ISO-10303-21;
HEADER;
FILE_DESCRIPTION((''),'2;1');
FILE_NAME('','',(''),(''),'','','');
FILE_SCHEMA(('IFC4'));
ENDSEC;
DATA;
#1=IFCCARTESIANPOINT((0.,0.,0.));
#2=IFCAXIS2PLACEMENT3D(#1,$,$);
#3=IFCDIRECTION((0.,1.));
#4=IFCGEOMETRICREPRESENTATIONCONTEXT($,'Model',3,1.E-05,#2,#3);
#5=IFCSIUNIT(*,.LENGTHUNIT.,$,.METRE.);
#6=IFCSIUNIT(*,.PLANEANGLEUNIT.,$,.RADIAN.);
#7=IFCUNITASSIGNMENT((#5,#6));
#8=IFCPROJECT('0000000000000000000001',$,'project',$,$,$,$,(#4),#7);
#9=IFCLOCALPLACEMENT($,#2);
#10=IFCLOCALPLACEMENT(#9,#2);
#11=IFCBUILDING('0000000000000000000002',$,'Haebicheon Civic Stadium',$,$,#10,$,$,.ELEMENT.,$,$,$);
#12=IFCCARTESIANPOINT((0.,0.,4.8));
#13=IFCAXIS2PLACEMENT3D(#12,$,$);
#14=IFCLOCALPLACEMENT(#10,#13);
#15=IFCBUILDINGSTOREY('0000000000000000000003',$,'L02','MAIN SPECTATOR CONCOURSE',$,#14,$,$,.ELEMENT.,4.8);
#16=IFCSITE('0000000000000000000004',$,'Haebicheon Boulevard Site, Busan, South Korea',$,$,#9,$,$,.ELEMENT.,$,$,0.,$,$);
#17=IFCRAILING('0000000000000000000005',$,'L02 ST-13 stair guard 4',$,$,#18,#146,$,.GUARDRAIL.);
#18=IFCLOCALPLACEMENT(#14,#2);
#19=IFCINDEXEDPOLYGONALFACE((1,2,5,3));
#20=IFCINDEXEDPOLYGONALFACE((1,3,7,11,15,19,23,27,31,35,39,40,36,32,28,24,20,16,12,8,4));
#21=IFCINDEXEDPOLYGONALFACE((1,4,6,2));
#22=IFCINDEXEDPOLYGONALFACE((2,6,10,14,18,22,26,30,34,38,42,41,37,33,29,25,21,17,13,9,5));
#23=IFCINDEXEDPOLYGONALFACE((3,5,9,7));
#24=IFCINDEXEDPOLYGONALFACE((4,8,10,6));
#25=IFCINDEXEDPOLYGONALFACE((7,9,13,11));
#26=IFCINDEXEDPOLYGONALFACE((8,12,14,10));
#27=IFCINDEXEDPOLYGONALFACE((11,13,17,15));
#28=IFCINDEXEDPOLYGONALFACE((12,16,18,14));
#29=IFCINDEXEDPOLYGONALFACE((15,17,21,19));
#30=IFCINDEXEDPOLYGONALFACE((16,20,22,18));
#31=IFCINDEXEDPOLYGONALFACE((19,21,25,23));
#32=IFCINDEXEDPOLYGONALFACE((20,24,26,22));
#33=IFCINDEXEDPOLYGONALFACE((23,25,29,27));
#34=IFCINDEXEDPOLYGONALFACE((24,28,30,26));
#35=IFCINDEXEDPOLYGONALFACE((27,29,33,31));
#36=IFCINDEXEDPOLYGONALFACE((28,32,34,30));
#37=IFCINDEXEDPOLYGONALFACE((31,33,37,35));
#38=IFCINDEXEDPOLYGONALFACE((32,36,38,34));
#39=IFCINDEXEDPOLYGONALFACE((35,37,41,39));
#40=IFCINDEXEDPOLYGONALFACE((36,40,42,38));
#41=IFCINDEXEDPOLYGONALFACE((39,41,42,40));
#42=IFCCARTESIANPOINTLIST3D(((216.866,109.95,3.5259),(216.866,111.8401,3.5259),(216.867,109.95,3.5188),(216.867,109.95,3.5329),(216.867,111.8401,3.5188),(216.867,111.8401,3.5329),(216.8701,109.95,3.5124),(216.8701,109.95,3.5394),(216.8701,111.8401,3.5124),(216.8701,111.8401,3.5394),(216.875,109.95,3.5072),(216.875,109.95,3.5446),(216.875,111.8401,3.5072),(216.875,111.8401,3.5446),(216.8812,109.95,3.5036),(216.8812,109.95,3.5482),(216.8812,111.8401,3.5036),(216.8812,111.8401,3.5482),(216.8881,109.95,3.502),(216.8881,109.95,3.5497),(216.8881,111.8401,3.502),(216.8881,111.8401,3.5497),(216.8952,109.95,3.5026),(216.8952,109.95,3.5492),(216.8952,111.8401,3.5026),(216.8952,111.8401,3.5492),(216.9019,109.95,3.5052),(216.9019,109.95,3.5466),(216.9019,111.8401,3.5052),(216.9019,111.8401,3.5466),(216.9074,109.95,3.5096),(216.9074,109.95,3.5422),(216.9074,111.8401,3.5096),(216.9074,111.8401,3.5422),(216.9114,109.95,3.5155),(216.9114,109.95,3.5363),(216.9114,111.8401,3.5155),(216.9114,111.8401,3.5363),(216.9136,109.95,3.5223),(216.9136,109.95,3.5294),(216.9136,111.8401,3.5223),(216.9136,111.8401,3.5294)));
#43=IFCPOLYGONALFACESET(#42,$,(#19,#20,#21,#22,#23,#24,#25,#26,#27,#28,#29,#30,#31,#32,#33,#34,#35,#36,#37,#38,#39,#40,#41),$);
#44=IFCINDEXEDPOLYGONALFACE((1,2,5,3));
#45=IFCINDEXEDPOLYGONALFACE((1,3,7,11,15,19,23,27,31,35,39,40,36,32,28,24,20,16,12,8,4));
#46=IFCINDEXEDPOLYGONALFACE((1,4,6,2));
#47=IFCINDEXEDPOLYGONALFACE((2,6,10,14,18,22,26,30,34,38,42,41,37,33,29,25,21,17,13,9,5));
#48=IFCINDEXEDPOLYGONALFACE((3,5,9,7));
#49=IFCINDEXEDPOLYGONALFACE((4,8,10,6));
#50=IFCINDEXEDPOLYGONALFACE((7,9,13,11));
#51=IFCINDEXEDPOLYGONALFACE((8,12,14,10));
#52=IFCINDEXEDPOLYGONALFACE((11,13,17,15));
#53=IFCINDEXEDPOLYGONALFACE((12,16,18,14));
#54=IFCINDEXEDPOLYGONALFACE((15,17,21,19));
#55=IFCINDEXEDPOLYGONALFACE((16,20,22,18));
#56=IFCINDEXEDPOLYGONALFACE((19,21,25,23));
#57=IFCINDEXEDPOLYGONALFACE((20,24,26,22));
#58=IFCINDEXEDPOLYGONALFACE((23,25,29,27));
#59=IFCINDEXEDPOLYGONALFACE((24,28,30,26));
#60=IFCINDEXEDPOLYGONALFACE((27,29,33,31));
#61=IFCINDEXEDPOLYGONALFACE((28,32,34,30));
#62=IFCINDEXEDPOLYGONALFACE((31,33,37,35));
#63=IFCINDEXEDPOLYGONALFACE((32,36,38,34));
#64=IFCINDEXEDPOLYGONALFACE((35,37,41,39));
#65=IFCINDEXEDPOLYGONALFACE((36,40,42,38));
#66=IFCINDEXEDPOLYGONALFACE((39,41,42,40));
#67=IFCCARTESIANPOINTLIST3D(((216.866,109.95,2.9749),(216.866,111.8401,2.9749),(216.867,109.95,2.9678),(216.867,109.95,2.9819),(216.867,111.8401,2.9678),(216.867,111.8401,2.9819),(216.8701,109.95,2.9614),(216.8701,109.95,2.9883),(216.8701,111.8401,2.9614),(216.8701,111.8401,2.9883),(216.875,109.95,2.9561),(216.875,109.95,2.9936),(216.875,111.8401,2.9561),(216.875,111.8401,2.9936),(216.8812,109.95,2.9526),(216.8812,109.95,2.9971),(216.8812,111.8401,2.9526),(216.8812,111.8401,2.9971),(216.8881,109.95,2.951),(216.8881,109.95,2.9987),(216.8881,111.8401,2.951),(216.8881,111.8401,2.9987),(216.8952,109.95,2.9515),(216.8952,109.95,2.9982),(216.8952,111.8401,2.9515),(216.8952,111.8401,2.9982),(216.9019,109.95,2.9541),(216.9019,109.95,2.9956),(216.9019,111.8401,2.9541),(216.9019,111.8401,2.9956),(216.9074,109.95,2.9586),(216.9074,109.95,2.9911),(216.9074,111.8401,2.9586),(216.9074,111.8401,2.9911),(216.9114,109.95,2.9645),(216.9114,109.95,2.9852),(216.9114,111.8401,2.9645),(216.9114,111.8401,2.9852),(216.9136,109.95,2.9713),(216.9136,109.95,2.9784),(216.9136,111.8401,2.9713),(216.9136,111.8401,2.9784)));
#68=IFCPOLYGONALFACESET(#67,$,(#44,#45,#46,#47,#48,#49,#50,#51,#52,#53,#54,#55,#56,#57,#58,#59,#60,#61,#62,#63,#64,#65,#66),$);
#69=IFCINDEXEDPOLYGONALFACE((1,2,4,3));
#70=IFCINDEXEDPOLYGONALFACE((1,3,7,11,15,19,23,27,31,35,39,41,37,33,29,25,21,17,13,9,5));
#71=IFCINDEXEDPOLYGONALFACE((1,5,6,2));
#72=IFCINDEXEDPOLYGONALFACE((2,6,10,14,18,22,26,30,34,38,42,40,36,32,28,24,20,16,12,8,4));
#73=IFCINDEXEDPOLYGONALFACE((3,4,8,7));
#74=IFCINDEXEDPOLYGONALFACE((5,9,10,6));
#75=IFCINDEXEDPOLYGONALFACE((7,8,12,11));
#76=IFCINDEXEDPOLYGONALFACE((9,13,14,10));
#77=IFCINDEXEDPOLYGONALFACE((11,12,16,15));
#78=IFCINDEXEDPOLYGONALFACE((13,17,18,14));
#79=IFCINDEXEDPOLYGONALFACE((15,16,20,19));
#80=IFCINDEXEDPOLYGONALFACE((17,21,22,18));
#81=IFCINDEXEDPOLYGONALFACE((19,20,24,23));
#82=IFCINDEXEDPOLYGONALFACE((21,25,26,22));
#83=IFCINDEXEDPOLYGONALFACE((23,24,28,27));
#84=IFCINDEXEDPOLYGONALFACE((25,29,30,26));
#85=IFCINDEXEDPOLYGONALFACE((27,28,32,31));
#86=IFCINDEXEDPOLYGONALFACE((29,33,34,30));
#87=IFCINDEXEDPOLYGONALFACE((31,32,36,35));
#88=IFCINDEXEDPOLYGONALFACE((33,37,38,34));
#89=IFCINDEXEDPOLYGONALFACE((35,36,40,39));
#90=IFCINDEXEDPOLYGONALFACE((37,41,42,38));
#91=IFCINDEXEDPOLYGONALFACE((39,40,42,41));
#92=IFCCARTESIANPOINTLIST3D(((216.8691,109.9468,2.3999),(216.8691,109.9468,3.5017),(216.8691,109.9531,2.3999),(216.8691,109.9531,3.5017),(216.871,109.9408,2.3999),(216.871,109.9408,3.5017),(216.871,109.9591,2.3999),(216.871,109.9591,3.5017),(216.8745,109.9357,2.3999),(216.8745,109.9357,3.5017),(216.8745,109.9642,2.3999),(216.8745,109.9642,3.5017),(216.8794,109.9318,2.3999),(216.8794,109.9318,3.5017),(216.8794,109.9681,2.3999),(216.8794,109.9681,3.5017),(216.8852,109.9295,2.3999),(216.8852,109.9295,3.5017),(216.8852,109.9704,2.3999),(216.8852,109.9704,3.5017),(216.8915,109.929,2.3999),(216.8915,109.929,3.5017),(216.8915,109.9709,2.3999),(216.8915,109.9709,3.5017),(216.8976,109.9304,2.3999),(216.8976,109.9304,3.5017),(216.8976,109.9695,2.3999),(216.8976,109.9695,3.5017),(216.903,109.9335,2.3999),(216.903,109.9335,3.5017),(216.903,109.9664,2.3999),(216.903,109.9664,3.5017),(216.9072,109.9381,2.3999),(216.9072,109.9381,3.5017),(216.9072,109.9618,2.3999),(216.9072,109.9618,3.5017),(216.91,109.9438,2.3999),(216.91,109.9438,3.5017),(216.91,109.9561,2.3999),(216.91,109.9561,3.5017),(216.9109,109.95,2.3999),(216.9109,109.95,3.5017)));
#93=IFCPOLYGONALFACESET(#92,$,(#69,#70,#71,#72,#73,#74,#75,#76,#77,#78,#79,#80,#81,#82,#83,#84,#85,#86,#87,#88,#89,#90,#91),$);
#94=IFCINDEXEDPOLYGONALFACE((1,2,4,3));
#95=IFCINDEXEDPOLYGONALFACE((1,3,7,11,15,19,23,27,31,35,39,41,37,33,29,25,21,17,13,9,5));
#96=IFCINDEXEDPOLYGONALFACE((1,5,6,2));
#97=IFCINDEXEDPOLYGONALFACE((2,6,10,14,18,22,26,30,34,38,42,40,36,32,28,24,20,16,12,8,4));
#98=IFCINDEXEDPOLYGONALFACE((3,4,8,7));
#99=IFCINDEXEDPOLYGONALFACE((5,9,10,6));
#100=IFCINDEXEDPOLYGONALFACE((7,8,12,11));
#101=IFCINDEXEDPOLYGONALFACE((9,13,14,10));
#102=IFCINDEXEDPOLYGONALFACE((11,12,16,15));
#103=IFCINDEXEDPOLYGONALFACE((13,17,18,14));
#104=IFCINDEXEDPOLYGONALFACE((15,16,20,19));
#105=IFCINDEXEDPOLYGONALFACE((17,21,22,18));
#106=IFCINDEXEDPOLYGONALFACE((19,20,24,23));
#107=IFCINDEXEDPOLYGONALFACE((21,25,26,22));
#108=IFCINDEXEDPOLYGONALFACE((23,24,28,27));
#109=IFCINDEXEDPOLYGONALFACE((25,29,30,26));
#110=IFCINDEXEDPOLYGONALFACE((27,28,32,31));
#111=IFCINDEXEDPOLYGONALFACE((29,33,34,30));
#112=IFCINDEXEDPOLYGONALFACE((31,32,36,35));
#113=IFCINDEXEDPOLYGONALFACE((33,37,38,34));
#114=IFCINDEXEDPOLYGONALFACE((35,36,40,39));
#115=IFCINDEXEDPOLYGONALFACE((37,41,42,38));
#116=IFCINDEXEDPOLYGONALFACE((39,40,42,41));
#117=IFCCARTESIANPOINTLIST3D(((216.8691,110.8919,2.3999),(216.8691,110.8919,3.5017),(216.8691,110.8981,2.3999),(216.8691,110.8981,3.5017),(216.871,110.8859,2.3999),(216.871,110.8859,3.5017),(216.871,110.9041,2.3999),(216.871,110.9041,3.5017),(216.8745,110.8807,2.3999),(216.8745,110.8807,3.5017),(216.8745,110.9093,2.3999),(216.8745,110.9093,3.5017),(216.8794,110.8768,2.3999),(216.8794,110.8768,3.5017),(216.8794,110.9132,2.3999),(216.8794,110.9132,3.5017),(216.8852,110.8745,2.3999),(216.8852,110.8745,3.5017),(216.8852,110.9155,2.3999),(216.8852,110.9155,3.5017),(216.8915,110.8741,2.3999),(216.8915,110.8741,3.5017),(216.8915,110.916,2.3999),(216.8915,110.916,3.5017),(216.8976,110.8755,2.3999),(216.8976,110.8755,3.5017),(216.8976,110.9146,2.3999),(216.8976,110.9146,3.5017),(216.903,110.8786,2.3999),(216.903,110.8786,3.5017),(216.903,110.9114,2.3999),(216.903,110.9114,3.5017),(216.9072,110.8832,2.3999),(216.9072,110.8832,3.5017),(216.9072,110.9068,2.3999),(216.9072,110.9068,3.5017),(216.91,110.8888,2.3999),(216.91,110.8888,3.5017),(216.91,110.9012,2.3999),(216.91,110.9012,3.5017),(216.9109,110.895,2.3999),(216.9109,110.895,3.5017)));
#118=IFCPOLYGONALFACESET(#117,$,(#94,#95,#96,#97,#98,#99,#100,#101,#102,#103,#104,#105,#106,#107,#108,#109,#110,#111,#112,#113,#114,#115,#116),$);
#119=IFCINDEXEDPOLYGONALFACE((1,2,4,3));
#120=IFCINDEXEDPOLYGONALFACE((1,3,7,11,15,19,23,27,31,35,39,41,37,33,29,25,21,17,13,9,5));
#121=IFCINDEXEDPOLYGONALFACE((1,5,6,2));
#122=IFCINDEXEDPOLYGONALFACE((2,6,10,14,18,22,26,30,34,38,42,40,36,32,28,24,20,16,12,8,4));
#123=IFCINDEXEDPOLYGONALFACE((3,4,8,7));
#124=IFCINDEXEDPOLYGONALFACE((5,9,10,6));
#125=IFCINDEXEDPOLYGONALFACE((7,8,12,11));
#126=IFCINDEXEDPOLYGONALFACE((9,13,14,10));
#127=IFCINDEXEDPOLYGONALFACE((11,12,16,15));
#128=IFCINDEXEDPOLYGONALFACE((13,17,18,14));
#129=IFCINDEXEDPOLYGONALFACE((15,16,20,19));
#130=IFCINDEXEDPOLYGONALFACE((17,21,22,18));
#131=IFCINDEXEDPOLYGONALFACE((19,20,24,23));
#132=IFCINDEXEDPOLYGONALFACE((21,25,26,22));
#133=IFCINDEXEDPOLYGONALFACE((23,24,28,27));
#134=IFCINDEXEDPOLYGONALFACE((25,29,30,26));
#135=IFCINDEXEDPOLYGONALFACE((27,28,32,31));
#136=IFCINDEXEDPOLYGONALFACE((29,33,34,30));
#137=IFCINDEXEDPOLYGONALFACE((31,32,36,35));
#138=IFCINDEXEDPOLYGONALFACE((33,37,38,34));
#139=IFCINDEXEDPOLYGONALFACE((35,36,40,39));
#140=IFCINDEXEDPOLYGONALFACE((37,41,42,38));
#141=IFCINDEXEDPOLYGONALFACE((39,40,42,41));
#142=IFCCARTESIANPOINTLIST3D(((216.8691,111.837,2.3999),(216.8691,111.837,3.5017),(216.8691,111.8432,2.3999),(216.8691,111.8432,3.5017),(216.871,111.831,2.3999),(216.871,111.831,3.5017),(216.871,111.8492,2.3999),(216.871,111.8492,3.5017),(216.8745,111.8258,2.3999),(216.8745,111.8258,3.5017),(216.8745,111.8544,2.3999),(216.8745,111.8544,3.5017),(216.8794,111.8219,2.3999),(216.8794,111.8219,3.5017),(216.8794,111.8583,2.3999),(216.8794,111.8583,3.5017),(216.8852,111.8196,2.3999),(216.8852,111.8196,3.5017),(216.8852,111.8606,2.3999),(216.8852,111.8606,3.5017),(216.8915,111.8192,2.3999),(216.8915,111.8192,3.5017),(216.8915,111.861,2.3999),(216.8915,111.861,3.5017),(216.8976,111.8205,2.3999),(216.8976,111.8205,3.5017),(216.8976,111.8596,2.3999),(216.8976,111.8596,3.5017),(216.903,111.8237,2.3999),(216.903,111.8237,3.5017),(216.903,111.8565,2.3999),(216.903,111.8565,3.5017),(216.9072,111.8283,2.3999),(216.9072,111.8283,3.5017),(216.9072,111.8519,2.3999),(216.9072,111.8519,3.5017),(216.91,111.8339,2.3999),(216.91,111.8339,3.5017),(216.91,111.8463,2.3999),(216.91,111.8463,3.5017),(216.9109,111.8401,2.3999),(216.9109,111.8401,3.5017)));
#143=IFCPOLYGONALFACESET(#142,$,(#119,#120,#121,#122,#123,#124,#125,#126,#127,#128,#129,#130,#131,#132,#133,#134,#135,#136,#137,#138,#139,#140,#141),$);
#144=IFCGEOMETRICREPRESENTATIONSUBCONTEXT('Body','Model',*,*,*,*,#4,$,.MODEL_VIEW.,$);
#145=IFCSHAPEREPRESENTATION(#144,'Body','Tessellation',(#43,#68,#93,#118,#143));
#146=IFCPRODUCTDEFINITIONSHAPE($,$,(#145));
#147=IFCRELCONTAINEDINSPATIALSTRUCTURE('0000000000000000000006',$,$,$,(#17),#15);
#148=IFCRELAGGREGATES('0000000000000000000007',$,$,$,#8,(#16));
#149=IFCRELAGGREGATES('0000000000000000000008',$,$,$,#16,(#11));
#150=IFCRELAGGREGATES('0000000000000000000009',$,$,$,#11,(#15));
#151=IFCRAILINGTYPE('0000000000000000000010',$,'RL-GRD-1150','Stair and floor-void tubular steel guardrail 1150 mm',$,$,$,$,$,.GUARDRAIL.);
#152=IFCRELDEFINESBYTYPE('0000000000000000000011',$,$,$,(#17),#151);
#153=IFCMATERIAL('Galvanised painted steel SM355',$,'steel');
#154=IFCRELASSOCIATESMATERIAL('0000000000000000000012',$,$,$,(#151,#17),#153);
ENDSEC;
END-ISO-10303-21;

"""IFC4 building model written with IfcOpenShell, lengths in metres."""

from ifc_helpers import new_model, si_unit, direction, frame, origin, origin_2d, place, context, subcontext, project, spatial, circle, extrude, material, type_object, element, save


model = new_model("IFC4")

# Units and contexts
model_context = context("Model", 3, precision=1e-05, world=origin(), true_north=direction((0.0, 1.0)))
body_context = subcontext(model_context, "Body", "Model", "MODEL_VIEW")
ifc_project = project(units=[si_unit("LENGTHUNIT", "METRE"), si_unit("PLANEANGLEUNIT", "RADIAN")], contexts=[model_context])

# Site, building, storey
site_placement = place(None, origin())
site = spatial("IfcSite", under=ifc_project, at=site_placement, Name="Haebicheon Boulevard Site, Busan, South Korea", CompositionType="ELEMENT", RefElevation=0.0)
building_placement = place(site_placement, origin())
building = spatial("IfcBuilding", under=site, at=building_placement, Name="Haebicheon Civic Stadium", CompositionType="ELEMENT")
storey_placement = place(building_placement, frame((0.0, 0.0, 4.8)))
storey = spatial("IfcBuildingStorey", under=building, at=storey_placement, Name="L02", Description="MAIN SPECTATOR CONCOURSE", CompositionType="ELEMENT", Elevation=4.8)

# Railing
ifc_material_1 = material(Name="Galvanised painted steel SM355", Category="steel")
railing_type_1 = type_object("IfcRailingType", Name="RL-GRD-1150", Description="Stair and floor-void tubular steel guardrail 1150 mm", PredefinedType="GUARDRAIL", material=ifc_material_1)
for number, where, name in (
    (1, (216.8899, 109.95, 2.3999), "L02 ST-13 stair guard 4"),
):
    element("IfcRailing", number, at=place(storey_placement, frame(where)), inside=storey, type_object=railing_type_1, material=ifc_material_1, Name=name, PredefinedType="GUARDRAIL", context=body_context, shape_type="SweptSolid", body=[
        extrude(circle(Radius=0.0239, at=origin_2d()), frame((0.0, 0.0, 1.126), z_axis=(0.0, 1.0, 0.0), x_axis=(-1.0, 0.0, 0.0)), (0.0, 0.0, 1.0), 1.8901),
        extrude(circle(Radius=0.0239, at=origin_2d()), frame((0.0, 0.0, 0.575), z_axis=(0.0, 1.0, 0.0), x_axis=(-1.0, 0.0, 0.0)), (0.0, 0.0, 1.0), 1.8901),
        extrude(circle(Radius=0.021, at=origin_2d()), origin(), (0.0, 0.0, 1.0), 1.1018),
        extrude(circle(Radius=0.021, at=origin_2d()), frame((0.0, 0.9451, 0.0)), (0.0, 0.0, 1.0), 1.1018),
        extrude(circle(Radius=0.021, at=origin_2d()), frame((0.0, 1.8901, 0.0)), (0.0, 0.0, 1.0), 1.1018),
    ])

save(model, "model.ifc")
